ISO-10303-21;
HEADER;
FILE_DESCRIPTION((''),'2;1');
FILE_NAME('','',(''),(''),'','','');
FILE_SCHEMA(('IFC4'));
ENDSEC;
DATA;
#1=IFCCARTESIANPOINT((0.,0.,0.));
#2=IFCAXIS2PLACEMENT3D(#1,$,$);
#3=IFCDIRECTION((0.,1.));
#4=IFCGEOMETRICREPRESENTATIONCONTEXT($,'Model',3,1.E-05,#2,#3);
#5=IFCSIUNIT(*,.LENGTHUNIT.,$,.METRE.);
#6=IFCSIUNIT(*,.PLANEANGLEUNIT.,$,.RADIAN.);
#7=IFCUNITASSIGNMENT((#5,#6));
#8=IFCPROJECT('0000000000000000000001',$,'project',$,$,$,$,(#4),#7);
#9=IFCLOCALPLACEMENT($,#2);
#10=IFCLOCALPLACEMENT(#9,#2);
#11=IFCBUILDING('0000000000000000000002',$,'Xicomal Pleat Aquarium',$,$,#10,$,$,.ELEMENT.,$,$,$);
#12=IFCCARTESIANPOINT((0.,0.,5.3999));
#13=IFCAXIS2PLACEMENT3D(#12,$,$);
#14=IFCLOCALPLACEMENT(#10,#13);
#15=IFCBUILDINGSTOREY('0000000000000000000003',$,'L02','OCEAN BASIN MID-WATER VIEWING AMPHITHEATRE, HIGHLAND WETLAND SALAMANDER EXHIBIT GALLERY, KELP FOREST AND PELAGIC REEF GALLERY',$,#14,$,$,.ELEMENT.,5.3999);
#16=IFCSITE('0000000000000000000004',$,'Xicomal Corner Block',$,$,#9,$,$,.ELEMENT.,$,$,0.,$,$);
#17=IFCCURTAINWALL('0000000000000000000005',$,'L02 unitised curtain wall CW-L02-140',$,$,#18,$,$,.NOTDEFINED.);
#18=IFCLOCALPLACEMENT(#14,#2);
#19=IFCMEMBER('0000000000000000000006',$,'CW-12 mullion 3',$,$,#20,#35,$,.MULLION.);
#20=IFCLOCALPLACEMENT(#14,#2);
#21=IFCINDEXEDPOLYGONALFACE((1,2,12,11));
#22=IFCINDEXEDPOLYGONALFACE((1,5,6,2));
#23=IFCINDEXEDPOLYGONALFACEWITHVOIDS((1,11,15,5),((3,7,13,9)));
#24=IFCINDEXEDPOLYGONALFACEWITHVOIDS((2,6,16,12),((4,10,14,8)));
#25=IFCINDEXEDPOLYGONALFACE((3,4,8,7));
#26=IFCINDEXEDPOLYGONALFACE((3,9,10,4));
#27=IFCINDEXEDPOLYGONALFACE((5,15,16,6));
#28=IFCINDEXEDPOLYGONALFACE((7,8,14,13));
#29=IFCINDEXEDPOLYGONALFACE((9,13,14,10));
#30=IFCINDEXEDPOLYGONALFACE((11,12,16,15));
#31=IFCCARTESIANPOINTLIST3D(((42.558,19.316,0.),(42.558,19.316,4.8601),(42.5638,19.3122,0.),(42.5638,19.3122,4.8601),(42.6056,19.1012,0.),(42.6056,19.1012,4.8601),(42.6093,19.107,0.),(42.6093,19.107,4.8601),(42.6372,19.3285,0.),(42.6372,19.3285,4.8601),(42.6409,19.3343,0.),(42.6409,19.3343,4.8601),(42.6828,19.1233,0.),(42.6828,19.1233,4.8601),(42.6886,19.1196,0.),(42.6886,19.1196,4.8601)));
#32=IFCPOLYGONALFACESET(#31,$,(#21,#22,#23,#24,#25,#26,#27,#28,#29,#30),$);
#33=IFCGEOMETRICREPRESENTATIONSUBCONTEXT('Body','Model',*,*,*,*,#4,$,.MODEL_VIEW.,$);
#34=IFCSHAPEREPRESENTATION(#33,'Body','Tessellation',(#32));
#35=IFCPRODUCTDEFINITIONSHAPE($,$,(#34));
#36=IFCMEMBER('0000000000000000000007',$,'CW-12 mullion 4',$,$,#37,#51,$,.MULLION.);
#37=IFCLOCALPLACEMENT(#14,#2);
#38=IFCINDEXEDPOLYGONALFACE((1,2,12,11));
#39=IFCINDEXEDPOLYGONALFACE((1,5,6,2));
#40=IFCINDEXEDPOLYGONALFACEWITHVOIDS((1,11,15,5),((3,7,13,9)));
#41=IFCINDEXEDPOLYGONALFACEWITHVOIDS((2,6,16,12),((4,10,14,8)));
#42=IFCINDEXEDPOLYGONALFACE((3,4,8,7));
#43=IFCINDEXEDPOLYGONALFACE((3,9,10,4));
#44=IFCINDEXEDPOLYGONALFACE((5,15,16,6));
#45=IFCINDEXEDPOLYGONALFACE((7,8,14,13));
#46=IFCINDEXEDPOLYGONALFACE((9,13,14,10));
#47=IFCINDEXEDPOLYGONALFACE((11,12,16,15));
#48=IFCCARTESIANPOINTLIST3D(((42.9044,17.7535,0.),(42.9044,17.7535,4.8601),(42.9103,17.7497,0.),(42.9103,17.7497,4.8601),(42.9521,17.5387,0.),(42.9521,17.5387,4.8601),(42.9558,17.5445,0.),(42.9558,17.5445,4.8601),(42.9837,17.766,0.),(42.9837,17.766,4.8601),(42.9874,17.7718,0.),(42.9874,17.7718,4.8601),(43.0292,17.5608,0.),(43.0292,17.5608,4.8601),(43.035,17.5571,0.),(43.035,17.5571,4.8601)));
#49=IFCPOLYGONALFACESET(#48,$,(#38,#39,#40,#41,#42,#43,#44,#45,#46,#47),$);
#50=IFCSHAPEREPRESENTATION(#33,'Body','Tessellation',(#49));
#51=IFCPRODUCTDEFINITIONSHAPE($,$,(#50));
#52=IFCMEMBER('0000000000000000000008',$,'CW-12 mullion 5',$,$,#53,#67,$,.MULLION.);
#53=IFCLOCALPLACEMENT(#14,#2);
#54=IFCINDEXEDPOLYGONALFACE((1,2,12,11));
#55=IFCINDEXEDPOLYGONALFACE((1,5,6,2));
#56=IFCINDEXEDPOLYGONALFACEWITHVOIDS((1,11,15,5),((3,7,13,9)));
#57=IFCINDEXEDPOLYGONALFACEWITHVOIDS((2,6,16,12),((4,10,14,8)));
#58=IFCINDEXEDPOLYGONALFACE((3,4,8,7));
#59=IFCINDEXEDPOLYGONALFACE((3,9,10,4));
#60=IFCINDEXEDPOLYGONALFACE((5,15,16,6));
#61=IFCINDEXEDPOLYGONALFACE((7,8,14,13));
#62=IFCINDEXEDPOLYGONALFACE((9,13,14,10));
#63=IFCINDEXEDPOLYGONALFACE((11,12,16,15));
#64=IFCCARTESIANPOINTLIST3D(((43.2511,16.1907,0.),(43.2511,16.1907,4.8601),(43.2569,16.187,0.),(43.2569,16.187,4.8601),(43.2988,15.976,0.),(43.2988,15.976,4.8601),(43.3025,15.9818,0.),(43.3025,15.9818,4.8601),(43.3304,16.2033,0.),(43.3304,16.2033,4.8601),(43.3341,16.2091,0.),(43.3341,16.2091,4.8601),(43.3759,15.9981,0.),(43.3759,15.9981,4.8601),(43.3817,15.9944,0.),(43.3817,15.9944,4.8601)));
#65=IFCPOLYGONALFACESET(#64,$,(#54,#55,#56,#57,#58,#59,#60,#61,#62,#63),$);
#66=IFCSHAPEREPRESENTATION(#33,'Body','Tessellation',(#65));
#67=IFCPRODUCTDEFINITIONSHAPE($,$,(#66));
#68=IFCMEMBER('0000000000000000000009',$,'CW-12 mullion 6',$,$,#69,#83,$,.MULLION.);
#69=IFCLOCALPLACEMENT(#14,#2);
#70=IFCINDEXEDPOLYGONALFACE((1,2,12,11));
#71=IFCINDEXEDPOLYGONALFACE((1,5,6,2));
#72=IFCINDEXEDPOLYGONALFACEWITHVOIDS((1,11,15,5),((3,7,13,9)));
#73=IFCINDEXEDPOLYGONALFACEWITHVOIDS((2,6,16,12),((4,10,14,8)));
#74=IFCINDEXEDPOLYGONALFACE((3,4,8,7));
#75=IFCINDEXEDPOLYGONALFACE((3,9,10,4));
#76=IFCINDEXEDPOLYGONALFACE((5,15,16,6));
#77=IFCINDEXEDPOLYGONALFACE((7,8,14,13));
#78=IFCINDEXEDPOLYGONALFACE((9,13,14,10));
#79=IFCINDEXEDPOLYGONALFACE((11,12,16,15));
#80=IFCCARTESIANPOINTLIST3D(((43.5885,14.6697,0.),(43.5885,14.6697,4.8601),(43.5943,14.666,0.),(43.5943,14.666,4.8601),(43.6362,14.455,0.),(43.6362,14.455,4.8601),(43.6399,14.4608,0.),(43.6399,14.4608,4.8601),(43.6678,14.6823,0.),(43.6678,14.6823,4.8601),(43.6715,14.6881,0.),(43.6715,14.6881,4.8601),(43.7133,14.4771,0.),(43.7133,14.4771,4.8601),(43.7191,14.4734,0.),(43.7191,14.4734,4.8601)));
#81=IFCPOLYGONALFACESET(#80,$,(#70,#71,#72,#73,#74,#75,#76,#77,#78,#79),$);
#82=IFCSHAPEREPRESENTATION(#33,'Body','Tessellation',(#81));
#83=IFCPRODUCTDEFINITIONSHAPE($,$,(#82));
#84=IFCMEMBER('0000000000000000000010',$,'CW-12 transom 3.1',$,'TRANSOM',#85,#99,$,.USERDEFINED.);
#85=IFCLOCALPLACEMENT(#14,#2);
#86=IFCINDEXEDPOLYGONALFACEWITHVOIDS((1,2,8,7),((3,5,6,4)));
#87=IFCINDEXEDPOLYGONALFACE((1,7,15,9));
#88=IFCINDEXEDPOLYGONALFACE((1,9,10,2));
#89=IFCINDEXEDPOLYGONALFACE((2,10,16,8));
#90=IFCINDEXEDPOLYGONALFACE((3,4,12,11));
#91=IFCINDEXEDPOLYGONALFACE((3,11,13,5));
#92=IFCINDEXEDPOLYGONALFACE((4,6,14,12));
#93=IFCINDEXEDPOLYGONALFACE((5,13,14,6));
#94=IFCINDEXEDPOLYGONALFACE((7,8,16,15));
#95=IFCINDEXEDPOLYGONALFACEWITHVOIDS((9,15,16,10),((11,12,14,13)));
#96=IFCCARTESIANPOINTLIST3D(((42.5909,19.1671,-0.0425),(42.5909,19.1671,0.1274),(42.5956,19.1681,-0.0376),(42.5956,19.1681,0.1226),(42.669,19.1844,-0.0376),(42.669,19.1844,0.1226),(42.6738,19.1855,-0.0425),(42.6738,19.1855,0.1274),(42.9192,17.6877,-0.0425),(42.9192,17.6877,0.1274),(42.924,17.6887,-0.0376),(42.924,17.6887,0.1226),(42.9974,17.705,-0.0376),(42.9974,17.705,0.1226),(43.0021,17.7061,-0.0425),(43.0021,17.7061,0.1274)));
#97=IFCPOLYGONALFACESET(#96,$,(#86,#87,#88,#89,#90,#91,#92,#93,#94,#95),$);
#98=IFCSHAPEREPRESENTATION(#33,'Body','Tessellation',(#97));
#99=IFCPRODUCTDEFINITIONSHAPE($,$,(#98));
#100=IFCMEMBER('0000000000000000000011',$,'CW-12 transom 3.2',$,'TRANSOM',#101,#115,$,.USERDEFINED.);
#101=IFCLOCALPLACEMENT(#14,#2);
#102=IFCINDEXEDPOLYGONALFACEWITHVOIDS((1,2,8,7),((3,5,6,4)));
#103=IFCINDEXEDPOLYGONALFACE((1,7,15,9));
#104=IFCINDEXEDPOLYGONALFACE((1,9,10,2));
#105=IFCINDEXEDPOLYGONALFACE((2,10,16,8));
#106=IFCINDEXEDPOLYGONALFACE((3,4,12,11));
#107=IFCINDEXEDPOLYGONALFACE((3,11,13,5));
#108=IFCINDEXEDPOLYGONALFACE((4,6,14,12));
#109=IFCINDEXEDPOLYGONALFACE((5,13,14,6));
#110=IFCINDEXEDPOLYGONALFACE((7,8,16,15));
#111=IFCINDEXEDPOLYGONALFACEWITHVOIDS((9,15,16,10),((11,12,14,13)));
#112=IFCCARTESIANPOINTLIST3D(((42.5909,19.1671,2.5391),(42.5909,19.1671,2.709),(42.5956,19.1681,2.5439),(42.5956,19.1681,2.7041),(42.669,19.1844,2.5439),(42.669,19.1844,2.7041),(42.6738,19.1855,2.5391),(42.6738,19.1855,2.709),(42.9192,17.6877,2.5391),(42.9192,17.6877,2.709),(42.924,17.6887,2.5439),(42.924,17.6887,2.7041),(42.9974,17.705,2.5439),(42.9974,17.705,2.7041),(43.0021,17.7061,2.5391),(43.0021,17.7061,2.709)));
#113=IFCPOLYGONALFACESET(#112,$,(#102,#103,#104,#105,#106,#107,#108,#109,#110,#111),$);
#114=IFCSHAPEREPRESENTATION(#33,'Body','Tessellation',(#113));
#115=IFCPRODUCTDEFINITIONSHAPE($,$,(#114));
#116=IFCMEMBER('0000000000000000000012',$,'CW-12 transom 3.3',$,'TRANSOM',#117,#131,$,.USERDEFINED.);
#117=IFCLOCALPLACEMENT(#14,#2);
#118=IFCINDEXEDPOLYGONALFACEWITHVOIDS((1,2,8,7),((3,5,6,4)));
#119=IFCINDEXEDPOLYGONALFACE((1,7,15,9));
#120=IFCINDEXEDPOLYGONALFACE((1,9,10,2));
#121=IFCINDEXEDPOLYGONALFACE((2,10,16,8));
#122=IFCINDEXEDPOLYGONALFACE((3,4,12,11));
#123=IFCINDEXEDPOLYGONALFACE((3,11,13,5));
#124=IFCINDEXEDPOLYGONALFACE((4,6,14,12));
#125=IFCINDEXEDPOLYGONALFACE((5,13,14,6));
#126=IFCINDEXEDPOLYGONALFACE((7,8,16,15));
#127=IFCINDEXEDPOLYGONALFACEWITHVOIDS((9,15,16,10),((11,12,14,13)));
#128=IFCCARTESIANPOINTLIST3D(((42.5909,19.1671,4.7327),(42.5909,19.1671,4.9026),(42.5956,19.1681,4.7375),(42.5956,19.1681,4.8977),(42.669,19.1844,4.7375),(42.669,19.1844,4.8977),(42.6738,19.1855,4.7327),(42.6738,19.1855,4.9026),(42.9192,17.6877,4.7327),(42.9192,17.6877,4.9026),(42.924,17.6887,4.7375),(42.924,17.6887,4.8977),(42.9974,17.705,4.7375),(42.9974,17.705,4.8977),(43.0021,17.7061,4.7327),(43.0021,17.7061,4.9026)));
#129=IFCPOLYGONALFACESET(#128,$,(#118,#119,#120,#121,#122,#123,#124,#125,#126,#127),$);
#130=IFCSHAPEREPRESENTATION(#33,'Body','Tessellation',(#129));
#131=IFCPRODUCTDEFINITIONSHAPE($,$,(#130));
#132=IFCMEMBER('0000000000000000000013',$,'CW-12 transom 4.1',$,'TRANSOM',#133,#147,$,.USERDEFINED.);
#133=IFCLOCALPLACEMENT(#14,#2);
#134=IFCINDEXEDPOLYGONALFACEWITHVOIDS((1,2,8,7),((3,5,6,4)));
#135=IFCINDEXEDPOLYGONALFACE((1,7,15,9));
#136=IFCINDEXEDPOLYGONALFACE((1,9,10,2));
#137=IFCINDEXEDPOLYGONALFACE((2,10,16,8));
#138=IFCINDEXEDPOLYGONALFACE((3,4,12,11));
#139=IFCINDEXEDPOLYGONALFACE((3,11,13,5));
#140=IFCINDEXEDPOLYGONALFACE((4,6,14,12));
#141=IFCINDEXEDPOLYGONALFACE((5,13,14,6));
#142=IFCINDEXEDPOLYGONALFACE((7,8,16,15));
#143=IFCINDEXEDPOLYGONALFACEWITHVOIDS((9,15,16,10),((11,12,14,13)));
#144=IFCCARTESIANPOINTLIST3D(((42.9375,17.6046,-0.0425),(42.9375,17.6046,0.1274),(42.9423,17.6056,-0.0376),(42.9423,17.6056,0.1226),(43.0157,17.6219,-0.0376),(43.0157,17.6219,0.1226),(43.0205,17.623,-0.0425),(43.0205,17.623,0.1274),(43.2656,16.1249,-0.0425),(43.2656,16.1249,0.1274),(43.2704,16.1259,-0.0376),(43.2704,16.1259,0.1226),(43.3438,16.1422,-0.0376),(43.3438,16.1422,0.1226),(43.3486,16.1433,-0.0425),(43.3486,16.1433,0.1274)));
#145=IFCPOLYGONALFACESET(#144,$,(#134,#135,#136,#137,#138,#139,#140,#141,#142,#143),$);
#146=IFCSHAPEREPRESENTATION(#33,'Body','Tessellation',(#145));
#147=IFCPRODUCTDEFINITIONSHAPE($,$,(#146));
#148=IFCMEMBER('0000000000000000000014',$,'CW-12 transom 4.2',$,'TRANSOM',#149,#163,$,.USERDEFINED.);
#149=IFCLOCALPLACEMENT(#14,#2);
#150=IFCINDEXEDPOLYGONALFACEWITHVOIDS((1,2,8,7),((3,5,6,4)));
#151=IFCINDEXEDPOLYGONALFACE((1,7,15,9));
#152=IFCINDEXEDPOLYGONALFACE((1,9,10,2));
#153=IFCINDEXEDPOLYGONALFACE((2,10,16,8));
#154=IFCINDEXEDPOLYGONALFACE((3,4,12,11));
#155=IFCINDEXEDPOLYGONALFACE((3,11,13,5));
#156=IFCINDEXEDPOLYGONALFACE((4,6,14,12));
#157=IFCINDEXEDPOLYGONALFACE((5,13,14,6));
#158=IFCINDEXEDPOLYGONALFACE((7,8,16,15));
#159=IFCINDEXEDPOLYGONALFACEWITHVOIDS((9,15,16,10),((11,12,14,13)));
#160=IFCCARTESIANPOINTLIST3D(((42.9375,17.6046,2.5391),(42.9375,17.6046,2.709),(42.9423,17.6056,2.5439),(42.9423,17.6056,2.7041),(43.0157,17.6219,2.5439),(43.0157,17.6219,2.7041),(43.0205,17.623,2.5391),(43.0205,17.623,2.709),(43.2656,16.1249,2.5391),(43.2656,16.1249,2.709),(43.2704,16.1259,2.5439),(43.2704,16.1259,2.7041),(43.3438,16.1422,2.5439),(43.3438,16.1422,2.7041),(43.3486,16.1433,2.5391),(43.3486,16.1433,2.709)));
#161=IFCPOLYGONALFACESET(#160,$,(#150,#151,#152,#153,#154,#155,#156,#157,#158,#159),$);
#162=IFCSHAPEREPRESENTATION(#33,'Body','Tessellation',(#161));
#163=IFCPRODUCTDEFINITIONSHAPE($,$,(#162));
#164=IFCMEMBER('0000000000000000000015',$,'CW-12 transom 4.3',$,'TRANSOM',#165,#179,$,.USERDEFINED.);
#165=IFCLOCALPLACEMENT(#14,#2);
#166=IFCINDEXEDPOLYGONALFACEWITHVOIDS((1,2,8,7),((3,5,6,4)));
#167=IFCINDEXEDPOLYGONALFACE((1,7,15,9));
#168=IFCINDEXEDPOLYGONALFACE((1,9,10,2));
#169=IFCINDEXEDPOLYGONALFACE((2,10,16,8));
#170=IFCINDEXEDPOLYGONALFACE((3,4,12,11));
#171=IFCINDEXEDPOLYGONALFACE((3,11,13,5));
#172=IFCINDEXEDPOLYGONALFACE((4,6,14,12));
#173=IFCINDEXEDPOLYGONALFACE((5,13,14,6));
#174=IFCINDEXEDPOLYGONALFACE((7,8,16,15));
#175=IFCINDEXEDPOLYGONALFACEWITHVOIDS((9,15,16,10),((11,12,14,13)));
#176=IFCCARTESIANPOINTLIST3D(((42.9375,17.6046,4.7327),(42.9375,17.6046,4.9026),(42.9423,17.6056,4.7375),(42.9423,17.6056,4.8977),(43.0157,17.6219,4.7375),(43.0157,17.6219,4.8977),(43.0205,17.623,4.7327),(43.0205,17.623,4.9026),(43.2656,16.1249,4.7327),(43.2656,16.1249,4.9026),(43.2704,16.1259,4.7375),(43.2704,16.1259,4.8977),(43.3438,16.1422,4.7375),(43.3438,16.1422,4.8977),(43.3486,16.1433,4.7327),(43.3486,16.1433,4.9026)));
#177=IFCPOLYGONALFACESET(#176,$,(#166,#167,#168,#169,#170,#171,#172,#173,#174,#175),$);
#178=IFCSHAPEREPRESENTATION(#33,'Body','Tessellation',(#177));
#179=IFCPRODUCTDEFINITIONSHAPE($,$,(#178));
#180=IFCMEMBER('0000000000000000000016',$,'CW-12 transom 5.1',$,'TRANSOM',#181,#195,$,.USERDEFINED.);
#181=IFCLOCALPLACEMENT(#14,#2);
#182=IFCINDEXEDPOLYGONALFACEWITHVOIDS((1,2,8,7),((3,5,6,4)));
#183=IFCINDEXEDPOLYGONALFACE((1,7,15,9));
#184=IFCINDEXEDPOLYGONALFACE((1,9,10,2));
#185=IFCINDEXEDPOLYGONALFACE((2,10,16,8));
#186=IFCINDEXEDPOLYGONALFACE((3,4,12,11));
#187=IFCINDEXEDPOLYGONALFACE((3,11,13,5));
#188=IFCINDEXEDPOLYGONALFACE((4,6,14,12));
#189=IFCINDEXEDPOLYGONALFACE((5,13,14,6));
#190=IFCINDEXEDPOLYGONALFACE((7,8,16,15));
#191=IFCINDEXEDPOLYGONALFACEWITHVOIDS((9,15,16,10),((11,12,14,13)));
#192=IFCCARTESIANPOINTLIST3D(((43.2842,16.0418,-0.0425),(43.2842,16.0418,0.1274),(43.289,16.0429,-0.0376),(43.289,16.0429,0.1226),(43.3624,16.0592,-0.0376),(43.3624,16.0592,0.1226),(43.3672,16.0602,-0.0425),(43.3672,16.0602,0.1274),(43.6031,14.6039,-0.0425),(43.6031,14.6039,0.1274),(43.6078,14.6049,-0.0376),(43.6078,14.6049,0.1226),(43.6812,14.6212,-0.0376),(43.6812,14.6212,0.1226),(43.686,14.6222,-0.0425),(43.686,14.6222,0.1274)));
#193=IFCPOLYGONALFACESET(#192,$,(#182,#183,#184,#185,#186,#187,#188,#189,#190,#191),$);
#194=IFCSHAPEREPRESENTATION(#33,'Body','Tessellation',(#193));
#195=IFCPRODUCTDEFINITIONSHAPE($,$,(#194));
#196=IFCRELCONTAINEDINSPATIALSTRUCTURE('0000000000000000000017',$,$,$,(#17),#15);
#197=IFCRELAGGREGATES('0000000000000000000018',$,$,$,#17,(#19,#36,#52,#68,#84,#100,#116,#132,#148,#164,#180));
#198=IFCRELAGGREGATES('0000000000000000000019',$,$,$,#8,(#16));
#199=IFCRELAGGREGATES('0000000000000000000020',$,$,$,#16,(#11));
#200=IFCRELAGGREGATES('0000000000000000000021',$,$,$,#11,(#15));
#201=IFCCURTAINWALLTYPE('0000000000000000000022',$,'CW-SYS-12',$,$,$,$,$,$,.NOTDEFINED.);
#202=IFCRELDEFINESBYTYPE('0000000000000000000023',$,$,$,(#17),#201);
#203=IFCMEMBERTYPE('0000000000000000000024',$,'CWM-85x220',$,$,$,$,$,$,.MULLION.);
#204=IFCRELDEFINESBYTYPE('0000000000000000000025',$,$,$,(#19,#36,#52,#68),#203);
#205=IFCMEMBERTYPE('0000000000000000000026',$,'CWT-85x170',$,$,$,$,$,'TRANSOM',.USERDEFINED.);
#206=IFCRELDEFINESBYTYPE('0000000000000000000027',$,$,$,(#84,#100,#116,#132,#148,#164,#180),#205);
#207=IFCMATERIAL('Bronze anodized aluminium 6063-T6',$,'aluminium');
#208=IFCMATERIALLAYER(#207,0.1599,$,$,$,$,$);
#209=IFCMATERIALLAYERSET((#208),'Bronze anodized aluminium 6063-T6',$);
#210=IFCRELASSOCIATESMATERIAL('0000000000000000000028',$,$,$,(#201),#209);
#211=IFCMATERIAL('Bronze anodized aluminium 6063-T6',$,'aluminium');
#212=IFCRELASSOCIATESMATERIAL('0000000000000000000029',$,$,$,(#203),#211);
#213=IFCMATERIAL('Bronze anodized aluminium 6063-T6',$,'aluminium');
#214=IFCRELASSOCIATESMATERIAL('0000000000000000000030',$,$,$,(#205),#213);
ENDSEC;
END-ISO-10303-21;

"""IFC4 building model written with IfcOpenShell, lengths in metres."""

from ifc_helpers import new_model, si_unit, direction, frame, origin, origin_2d, place, context, subcontext, project, spatial, hollow_rectangle, extrude, material, layer, layer_set, material_profile, profile_set, type_object, element, aggregate, save


model = new_model("IFC4")

# Units and contexts
model_context = context("Model", 3, precision=1e-05, world=origin(), true_north=direction((0.0, 1.0)))
body_context = subcontext(model_context, "Body", "Model", "MODEL_VIEW")
ifc_project = project(units=[si_unit("LENGTHUNIT", "METRE"), si_unit("PLANEANGLEUNIT", "RADIAN")], contexts=[model_context])

# Site, building, storey
site_placement = place(None, origin())
site = spatial("IfcSite", under=ifc_project, at=site_placement, Name="Xicomal Corner Block", CompositionType="ELEMENT", RefElevation=0.0)
building_placement = place(site_placement, origin())
building = spatial("IfcBuilding", under=site, at=building_placement, Name="Xicomal Pleat Aquarium", CompositionType="ELEMENT")
storey_placement = place(building_placement, frame((0.0, 0.0, 5.3999)))
storey = spatial("IfcBuildingStorey", under=building, at=storey_placement, Name="L02", Description="OCEAN BASIN MID-WATER VIEWING AMPHITHEATRE, HIGHLAND WETLAND SALAMANDER EXHIBIT GALLERY, KELP FOREST AND PELAGIC REEF GALLERY", CompositionType="ELEMENT", Elevation=5.3999)

# Curtain wall, members
ifc_material_1 = material(Name="Bronze anodized aluminium 6063-T6", Category="aluminium")
ifc_layer_1 = layer(ifc_material_1, 0.1599)
ifc_layer_set_1 = layer_set([ifc_layer_1], Name="Bronze anodized aluminium 6063-T6")
curtain_wall_type = type_object("IfcCurtainWallType", Name="CW-SYS-12", PredefinedType="NOTDEFINED", material=ifc_layer_set_1)
curtain_wall_placement = place(storey_placement, origin())
curtain_wall = element("IfcCurtainWall", 1, at=curtain_wall_placement, inside=storey, type_object=curtain_wall_type, Name="L02 unitised curtain wall CW-L02-140", PredefinedType="NOTDEFINED")
ifc_material_2 = material(Name="Bronze anodized aluminium 6063-T6", Category="aluminium")
ifc_material_profile_1 = material_profile(ifc_material_2, hollow_rectangle(XDim=0.085, YDim=0.22, WallThickness=0.0049, at=origin_2d()), Name="ALU MULL 85x220")
ifc_profile_set_1 = profile_set([ifc_material_profile_1], Name="Bronze anodized aluminium 6063-T6")
member_type_1 = type_object("IfcMemberType", Name="CWM-85x220", PredefinedType="MULLION", material=ifc_profile_set_1)
member_1_placement = place(storey_placement, frame((42.6233, 19.2178, 0.0), z_axis=(0.0, 0.0, 1.0), x_axis=(0.976272, 0.216547, 0.0)))
member_1 = element("IfcMember", 2, at=member_1_placement, type_object=member_type_1, Name="CW-12 mullion 3", PredefinedType="MULLION", context=body_context, shape_type="SweptSolid", body=[
    extrude(hollow_rectangle(XDim=0.085, YDim=0.22, WallThickness=0.0049, at=origin_2d()), origin(), (0.0, 0.0, 1.0), 4.8601),
])
member_2_placement = place(storey_placement, frame((42.9697, 17.6553, 0.0), z_axis=(0.0, 0.0, 1.0), x_axis=(0.976272, 0.216547, 0.0)))
member_2 = element("IfcMember", 3, at=member_2_placement, type_object=member_type_1, Name="CW-12 mullion 4", PredefinedType="MULLION", context=body_context, shape_type="SweptSolid", body=[
    extrude(hollow_rectangle(XDim=0.085, YDim=0.22, WallThickness=0.0049, at=origin_2d()), origin(), (0.0, 0.0, 1.0), 4.8601),
])
member_3_placement = place(storey_placement, frame((43.3164, 16.0925, 0.0), z_axis=(0.0, 0.0, 1.0), x_axis=(0.976272, 0.216547, 0.0)))
member_3 = element("IfcMember", 4, at=member_3_placement, type_object=member_type_1, Name="CW-12 mullion 5", PredefinedType="MULLION", context=body_context, shape_type="SweptSolid", body=[
    extrude(hollow_rectangle(XDim=0.085, YDim=0.22, WallThickness=0.0049, at=origin_2d()), origin(), (0.0, 0.0, 1.0), 4.8601),
])
member_4_placement = place(storey_placement, frame((43.6538, 14.5715, 0.0), z_axis=(0.0, 0.0, 1.0), x_axis=(0.976272, 0.216547, 0.0)))
member_4 = element("IfcMember", 5, at=member_4_placement, type_object=member_type_1, Name="CW-12 mullion 6", PredefinedType="MULLION", context=body_context, shape_type="SweptSolid", body=[
    extrude(hollow_rectangle(XDim=0.085, YDim=0.22, WallThickness=0.0049, at=origin_2d()), origin(), (0.0, 0.0, 1.0), 4.8601),
])
ifc_material_3 = material(Name="Bronze anodized aluminium 6063-T6", Category="aluminium")
ifc_material_profile_2 = material_profile(ifc_material_3, hollow_rectangle(XDim=0.085, YDim=0.1699, WallThickness=0.0049, at=origin_2d()), Name="ALU TRAN 85x170")
ifc_profile_set_2 = profile_set([ifc_material_profile_2], Name="Bronze anodized aluminium 6063-T6")
member_type_2 = type_object("IfcMemberType", Name="CWT-85x170", ElementType="TRANSOM", PredefinedType="USERDEFINED", material=ifc_profile_set_2)
member_5_placement = place(storey_placement, frame((42.6323, 19.1763, 0.0425), z_axis=(0.216675, -0.976244, 0.0), x_axis=(0.976244, 0.216675, 0.0)))
member_5 = element("IfcMember", 6, at=member_5_placement, type_object=member_type_2, Name="CW-12 transom 3.1", ObjectType="TRANSOM", PredefinedType="USERDEFINED", context=body_context, shape_type="SweptSolid", body=[
    extrude(hollow_rectangle(XDim=0.085, YDim=0.1699, WallThickness=0.0049, at=origin_2d()), origin(), (0.0, 0.0, 1.0), 1.5154),
])
member_6_placement = place(storey_placement, frame((42.6323, 19.1763, 2.624), z_axis=(0.216675, -0.976244, 0.0), x_axis=(0.976244, 0.216675, 0.0)))
member_6 = element("IfcMember", 7, at=member_6_placement, type_object=member_type_2, Name="CW-12 transom 3.2", ObjectType="TRANSOM", PredefinedType="USERDEFINED", context=body_context, shape_type="SweptSolid", body=[
    extrude(hollow_rectangle(XDim=0.085, YDim=0.1699, WallThickness=0.0049, at=origin_2d()), origin(), (0.0, 0.0, 1.0), 1.5154),
])
member_7_placement = place(storey_placement, frame((42.6323, 19.1763, 4.8176), z_axis=(0.216675, -0.976244, 0.0), x_axis=(0.976244, 0.216675, 0.0)))
member_7 = element("IfcMember", 8, at=member_7_placement, type_object=member_type_2, Name="CW-12 transom 3.3", ObjectType="TRANSOM", PredefinedType="USERDEFINED", context=body_context, shape_type="SweptSolid", body=[
    extrude(hollow_rectangle(XDim=0.085, YDim=0.1699, WallThickness=0.0049, at=origin_2d()), origin(), (0.0, 0.0, 1.0), 1.5154),
])
member_8_placement = place(storey_placement, frame((42.979, 17.6138, 0.0425), z_axis=(0.216487, -0.976286, 0.0), x_axis=(0.976286, 0.216487, 0.0)))
member_8 = element("IfcMember", 9, at=member_8_placement, type_object=member_type_2, Name="CW-12 transom 4.1", ObjectType="TRANSOM", PredefinedType="USERDEFINED", context=body_context, shape_type="SweptSolid", body=[
    extrude(hollow_rectangle(XDim=0.085, YDim=0.1699, WallThickness=0.0049, at=origin_2d()), origin(), (0.0, 0.0, 1.0), 1.5156),
])
member_9_placement = place(storey_placement, frame((42.979, 17.6138, 2.624), z_axis=(0.216487, -0.976286, 0.0), x_axis=(0.976286, 0.216487, 0.0)))
member_9 = element("IfcMember", 10, at=member_9_placement, type_object=member_type_2, Name="CW-12 transom 4.2", ObjectType="TRANSOM", PredefinedType="USERDEFINED", context=body_context, shape_type="SweptSolid", body=[
    extrude(hollow_rectangle(XDim=0.085, YDim=0.1699, WallThickness=0.0049, at=origin_2d()), origin(), (0.0, 0.0, 1.0), 1.5156),
])
member_10_placement = place(storey_placement, frame((42.979, 17.6138, 4.8176), z_axis=(0.216487, -0.976286, 0.0), x_axis=(0.976286, 0.216487, 0.0)))
member_10 = element("IfcMember", 11, at=member_10_placement, type_object=member_type_2, Name="CW-12 transom 4.3", ObjectType="TRANSOM", PredefinedType="USERDEFINED", context=body_context, shape_type="SweptSolid", body=[
    extrude(hollow_rectangle(XDim=0.085, YDim=0.1699, WallThickness=0.0049, at=origin_2d()), origin(), (0.0, 0.0, 1.0), 1.5156),
])
member_11_placement = place(storey_placement, frame((43.3257, 16.051, 0.0425), z_axis=(0.216474, -0.976288, 0.0), x_axis=(0.976288, 0.216474, 0.0)))
member_11 = element("IfcMember", 12, at=member_11_placement, type_object=member_type_2, Name="CW-12 transom 5.1", ObjectType="TRANSOM", PredefinedType="USERDEFINED", context=body_context, shape_type="SweptSolid", body=[
    extrude(hollow_rectangle(XDim=0.085, YDim=0.1699, WallThickness=0.0049, at=origin_2d()), origin(), (0.0, 0.0, 1.0), 1.4729),
])
aggregate(curtain_wall, [member_1, member_2, member_3, member_4, member_5, member_6, member_7, member_8, member_9, member_10, member_11])

save(model, "model.ifc")
